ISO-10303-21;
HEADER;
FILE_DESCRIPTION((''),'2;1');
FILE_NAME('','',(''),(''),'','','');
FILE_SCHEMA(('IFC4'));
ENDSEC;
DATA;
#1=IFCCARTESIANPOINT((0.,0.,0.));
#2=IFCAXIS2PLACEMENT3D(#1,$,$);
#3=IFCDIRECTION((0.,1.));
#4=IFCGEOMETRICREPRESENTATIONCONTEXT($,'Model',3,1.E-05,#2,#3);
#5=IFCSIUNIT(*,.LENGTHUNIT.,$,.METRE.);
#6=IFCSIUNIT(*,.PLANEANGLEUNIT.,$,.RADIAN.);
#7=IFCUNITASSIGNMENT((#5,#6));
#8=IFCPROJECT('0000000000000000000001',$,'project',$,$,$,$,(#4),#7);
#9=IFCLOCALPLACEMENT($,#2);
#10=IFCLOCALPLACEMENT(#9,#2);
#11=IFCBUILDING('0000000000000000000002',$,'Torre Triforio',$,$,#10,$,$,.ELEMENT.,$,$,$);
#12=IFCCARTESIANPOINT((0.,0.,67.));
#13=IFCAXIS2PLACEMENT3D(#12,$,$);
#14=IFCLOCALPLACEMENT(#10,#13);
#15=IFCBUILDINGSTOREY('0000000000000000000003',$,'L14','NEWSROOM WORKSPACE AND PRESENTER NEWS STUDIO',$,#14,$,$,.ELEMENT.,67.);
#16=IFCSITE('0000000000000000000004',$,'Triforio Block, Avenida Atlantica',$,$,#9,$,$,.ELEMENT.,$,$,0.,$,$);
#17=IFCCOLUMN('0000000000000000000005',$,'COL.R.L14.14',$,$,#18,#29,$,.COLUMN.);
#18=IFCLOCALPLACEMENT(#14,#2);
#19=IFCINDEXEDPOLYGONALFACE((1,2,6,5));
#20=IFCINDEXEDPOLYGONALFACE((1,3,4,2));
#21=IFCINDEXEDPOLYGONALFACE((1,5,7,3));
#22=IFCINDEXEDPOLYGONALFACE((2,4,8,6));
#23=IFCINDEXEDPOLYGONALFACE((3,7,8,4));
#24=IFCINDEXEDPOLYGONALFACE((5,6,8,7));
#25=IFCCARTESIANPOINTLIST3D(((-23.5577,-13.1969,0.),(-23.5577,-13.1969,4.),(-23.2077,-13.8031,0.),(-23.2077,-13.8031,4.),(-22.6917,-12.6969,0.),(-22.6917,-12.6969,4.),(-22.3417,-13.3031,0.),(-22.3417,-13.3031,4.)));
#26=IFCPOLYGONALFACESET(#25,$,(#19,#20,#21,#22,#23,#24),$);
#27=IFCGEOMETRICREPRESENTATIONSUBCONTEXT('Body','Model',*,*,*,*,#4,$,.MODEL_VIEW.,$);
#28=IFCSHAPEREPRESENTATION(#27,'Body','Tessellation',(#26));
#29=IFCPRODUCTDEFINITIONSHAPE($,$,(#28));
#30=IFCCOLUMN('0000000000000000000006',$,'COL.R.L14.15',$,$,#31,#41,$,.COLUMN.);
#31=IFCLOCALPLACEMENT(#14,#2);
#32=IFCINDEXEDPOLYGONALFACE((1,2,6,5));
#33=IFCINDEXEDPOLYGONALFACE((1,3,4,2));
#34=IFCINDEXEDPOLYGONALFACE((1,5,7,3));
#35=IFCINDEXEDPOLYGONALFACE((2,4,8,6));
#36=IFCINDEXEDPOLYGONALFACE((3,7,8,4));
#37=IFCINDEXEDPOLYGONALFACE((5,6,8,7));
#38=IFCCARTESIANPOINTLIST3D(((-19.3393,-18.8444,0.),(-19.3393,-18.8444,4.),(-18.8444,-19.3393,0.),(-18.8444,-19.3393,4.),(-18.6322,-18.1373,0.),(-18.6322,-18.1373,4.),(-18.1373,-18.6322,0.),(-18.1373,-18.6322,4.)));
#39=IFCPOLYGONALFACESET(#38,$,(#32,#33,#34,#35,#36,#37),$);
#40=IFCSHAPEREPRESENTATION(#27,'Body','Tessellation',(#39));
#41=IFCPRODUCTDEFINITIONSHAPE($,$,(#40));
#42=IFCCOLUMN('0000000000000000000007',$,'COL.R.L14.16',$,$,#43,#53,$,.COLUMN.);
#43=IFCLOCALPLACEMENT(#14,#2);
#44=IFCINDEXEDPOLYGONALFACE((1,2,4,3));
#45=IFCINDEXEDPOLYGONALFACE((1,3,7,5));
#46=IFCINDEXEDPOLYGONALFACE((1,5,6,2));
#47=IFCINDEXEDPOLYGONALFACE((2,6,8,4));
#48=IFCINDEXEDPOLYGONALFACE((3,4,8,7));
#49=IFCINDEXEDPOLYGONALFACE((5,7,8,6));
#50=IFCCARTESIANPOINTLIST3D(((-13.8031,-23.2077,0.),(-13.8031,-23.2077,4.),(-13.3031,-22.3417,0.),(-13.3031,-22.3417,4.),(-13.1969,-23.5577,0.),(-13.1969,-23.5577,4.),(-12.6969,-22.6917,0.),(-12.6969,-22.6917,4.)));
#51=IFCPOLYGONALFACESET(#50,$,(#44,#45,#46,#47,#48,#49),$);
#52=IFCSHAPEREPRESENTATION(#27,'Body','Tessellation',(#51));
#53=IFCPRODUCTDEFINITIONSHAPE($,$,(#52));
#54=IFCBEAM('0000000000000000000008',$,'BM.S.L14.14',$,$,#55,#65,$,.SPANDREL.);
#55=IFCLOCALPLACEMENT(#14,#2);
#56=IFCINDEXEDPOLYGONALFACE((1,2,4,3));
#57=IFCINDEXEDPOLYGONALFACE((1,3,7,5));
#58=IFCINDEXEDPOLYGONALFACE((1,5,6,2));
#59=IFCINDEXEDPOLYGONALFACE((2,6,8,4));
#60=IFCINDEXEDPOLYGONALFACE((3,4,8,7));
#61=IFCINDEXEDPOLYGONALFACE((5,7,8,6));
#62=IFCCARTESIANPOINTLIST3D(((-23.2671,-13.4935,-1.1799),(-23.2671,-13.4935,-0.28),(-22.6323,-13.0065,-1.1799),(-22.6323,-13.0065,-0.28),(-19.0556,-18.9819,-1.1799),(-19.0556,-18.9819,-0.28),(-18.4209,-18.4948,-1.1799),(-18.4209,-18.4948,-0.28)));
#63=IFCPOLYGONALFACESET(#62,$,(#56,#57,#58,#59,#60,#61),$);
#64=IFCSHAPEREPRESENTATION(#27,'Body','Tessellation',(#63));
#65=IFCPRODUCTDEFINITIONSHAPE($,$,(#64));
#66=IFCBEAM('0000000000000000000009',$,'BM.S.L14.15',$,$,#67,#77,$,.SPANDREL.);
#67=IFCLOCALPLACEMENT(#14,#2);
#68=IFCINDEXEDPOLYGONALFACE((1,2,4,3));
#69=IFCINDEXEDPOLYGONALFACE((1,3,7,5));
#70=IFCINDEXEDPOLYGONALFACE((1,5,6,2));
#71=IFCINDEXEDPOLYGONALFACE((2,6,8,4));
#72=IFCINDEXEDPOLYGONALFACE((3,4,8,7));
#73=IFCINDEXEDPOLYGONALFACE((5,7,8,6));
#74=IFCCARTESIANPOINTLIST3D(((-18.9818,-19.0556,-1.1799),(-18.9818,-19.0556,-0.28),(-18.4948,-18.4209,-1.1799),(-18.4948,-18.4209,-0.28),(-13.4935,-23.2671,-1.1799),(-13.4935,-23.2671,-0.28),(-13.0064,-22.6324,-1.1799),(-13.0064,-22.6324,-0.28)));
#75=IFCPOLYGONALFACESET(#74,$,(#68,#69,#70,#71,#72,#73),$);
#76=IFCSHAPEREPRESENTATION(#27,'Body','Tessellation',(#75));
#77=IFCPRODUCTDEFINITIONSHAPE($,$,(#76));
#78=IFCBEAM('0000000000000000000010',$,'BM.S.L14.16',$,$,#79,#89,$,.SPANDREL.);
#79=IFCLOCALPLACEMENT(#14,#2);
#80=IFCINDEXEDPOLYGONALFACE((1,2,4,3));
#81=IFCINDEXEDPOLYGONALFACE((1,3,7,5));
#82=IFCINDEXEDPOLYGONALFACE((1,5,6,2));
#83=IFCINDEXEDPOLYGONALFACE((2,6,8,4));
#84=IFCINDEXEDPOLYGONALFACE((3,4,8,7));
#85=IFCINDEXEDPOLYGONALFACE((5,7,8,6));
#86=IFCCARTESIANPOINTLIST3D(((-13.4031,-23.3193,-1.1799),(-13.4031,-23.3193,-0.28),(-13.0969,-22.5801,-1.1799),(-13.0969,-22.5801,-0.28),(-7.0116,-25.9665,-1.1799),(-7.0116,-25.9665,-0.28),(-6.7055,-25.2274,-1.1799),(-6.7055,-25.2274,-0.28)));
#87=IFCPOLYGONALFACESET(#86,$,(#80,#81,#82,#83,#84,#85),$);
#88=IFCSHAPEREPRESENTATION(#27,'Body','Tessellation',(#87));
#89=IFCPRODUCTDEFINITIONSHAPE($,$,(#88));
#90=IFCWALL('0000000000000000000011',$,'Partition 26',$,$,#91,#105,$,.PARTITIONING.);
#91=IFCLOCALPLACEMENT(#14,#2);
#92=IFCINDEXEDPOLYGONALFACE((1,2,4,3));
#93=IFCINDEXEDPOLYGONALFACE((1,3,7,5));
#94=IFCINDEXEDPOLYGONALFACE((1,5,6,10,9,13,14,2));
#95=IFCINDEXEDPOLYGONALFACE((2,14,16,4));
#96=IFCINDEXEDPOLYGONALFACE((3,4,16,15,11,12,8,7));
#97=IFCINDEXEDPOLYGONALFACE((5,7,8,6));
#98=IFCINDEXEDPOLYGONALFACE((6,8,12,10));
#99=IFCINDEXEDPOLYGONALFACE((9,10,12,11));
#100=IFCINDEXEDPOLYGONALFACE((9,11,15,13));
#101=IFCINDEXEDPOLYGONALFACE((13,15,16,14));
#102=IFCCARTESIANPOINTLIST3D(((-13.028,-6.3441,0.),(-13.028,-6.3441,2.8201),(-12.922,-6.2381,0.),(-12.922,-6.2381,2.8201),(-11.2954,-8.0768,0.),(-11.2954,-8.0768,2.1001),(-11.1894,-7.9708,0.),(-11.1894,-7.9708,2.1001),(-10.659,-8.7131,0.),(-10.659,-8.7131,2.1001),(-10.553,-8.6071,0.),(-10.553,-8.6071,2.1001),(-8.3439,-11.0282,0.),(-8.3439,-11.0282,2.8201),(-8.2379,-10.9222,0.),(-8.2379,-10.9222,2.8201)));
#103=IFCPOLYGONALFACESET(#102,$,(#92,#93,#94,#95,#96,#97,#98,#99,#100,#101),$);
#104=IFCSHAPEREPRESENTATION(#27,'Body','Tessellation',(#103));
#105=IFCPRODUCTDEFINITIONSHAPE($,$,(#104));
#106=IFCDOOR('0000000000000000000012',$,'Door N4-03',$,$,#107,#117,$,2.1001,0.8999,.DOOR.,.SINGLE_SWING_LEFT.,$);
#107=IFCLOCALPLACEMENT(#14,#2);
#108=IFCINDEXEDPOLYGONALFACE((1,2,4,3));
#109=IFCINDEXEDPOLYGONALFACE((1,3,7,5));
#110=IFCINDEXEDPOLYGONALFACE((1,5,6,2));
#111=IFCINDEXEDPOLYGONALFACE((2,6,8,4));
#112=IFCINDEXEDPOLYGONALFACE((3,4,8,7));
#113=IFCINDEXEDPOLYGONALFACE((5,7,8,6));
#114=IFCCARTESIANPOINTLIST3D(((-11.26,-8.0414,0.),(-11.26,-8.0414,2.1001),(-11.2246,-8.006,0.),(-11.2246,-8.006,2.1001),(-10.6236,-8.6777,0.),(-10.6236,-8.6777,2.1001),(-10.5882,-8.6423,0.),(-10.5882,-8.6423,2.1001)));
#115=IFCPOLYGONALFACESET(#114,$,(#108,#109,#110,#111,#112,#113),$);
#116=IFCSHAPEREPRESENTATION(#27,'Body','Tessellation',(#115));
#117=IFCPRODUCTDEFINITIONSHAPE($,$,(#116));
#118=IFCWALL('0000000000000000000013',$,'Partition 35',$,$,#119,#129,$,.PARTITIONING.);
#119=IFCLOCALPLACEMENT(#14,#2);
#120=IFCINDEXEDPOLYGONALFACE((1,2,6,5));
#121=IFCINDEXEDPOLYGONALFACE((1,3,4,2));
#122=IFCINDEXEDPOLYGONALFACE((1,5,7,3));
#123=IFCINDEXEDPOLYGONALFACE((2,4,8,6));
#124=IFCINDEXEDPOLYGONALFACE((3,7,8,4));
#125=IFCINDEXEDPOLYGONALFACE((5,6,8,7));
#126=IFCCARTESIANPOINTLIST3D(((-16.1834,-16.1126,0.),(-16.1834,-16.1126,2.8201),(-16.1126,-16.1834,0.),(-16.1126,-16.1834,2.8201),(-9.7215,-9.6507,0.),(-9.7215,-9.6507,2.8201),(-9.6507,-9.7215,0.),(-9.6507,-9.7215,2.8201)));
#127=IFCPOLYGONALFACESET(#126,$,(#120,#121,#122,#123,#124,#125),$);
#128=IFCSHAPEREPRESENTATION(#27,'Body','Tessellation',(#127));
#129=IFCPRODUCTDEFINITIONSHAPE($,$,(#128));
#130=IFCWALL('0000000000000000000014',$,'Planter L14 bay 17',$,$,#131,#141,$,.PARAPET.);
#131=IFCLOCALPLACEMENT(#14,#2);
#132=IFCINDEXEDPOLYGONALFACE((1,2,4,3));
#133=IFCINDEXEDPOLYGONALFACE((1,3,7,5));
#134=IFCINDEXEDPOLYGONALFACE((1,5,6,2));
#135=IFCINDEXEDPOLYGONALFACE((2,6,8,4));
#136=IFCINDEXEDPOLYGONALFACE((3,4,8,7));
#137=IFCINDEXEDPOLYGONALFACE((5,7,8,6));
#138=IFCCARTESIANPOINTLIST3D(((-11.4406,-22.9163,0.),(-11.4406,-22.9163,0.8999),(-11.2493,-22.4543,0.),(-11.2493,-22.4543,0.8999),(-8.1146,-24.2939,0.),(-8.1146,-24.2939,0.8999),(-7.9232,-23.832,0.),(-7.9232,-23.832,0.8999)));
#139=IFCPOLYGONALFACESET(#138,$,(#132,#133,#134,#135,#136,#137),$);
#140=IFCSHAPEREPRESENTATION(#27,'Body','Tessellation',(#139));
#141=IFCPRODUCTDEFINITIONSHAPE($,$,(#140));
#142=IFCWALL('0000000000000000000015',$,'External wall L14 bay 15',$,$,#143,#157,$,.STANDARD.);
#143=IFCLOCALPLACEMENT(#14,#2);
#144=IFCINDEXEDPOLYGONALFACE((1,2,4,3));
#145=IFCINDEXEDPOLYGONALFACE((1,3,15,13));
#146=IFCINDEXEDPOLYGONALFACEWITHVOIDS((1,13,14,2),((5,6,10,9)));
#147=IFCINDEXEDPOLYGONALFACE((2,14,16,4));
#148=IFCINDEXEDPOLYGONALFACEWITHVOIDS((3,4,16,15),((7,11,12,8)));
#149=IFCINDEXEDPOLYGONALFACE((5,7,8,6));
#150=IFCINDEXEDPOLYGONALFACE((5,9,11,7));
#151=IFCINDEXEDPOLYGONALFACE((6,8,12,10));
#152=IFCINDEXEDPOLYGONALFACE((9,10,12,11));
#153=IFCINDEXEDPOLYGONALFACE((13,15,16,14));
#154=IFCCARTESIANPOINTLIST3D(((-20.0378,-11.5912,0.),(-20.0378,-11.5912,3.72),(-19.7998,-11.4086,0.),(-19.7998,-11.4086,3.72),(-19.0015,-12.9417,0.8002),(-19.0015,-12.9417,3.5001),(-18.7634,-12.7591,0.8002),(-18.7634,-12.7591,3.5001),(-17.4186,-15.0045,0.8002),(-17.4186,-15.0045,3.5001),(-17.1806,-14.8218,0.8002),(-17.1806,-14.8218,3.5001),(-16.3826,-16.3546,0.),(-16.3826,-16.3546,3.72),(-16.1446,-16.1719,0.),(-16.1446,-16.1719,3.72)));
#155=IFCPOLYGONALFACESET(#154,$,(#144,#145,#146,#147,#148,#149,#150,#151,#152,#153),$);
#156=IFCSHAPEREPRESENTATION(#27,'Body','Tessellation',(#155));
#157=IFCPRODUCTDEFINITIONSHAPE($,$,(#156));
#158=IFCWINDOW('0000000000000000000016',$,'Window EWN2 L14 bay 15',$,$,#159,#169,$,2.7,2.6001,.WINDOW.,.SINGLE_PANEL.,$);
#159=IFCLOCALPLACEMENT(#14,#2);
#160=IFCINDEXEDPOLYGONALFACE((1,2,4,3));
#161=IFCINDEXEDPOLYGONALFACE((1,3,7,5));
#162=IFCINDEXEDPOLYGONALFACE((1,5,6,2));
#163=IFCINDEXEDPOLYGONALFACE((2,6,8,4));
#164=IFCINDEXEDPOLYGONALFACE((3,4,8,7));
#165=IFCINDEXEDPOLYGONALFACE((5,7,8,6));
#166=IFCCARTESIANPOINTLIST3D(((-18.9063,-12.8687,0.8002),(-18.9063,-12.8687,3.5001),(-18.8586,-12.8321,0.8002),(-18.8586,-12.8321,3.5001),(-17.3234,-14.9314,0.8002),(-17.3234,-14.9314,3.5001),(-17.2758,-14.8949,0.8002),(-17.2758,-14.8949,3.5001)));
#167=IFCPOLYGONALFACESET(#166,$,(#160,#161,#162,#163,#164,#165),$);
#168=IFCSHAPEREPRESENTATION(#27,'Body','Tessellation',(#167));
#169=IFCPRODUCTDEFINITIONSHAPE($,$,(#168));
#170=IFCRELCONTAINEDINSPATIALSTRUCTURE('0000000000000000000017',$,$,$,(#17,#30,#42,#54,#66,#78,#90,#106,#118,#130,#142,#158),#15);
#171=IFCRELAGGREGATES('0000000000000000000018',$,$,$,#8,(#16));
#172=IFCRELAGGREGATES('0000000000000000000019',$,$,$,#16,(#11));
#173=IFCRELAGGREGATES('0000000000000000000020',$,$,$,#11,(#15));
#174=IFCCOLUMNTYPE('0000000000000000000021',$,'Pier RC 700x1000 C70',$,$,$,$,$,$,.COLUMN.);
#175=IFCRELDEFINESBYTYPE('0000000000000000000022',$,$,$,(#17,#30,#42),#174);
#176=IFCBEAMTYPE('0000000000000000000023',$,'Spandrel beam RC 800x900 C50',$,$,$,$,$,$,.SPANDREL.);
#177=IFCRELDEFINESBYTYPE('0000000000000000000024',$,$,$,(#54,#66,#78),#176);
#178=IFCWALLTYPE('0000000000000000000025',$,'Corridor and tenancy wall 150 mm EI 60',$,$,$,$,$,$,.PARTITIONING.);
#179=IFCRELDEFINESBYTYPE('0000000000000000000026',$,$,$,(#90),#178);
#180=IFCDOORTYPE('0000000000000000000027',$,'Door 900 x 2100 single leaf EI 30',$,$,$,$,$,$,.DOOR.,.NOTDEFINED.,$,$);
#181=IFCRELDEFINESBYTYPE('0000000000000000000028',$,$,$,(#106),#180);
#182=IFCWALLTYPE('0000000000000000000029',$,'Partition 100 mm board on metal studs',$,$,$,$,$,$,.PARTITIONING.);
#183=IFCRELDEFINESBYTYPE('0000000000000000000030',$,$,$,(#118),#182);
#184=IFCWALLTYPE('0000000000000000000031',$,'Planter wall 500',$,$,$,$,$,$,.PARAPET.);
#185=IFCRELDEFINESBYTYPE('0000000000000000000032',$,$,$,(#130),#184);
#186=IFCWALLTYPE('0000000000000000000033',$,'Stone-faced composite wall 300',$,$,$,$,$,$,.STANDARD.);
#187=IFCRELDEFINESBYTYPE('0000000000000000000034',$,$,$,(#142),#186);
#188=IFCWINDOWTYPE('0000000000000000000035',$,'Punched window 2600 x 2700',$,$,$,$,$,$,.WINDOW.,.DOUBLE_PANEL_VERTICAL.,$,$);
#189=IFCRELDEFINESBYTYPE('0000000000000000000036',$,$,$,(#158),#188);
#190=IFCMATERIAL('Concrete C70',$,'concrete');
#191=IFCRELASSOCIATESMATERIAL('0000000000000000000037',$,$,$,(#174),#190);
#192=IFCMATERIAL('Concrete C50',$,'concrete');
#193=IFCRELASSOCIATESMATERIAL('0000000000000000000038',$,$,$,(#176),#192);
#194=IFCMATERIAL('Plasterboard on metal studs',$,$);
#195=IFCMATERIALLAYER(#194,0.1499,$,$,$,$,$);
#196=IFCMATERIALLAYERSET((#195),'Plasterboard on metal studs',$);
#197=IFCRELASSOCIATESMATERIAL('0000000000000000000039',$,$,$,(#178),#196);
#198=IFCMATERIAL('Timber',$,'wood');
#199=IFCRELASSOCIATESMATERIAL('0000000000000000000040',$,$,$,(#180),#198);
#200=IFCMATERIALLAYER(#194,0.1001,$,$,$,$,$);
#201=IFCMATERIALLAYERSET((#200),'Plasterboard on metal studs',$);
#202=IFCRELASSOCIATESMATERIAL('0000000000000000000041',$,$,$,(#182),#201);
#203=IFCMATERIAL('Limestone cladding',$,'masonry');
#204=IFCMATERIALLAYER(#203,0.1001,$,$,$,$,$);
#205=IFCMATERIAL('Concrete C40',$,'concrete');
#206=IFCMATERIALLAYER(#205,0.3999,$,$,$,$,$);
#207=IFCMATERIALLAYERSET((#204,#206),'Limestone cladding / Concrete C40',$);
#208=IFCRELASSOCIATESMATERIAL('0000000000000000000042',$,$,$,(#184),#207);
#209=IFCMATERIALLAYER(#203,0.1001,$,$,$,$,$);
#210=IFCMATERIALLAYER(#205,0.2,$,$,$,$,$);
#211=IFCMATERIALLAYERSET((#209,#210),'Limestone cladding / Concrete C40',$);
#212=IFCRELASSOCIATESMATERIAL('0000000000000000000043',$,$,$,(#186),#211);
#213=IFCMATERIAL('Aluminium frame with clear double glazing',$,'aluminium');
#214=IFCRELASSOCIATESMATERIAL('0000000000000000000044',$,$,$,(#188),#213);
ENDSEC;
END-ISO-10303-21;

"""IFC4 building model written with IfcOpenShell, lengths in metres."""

from ifc_helpers import new_model, si_unit, direction, frame, frame_2d, origin, origin_2d, place, context, subcontext, project, spatial, rectangle, extrude, material, layer, layer_set, material_profile, profile_set, type_object, element, fill, save


model = new_model("IFC4")

# Units and contexts
model_context = context("Model", 3, precision=1e-05, world=origin(), true_north=direction((0.0, 1.0)))
body_context = subcontext(model_context, "Body", "Model", "MODEL_VIEW")
ifc_project = project(units=[si_unit("LENGTHUNIT", "METRE"), si_unit("PLANEANGLEUNIT", "RADIAN")], contexts=[model_context])

# Site, building, storey
site_placement = place(None, origin())
site = spatial("IfcSite", under=ifc_project, at=site_placement, Name="Triforio Block, Avenida Atlantica", CompositionType="ELEMENT", RefElevation=0.0)
building_placement = place(site_placement, origin())
building = spatial("IfcBuilding", under=site, at=building_placement, Name="Torre Triforio", CompositionType="ELEMENT")
storey_placement = place(building_placement, frame((0.0, 0.0, 67.0)))
storey = spatial("IfcBuildingStorey", under=building, at=storey_placement, Name="L14", Description="NEWSROOM WORKSPACE AND PRESENTER NEWS STUDIO", CompositionType="ELEMENT", Elevation=67.0)

# Columns
ifc_material_1 = material(Name="Concrete C70", Category="concrete")
ifc_material_profile_1 = material_profile(ifc_material_1, rectangle(XDim=0.7, YDim=1.0, at=origin_2d()), Name="RC 700x1000")
ifc_profile_set_1 = profile_set([ifc_material_profile_1], Name="Concrete C70")
column_type = type_object("IfcColumnType", Name="Pier RC 700x1000 C70", PredefinedType="COLUMN", material=ifc_profile_set_1)
for number, where, z_axis, x_axis, name in (
    (1, (-22.9497, -13.25, 0.0), (0.0, 0.0, 1.0), (0.5, -0.866025, 0.0), "COL.R.L14.14"),
    (2, (-18.7383, -18.7383, 0.0), (0.0, 0.0, 1.0), (0.707107, -0.707107, 0.0), "COL.R.L14.15"),
    (3, (-13.25, -22.9497, 0.0), (0.0, 0.0, 1.0), (0.866025, -0.5, 0.0), "COL.R.L14.16"),
):
    element("IfcColumn", number, at=place(storey_placement, frame(where, z_axis=z_axis, x_axis=x_axis)), inside=storey, type_object=column_type, Name=name, PredefinedType="COLUMN", context=body_context, shape_type="SweptSolid", body=[
        extrude(rectangle(XDim=0.7, YDim=1.0, at=origin_2d()), origin(), (0.0, 0.0, 1.0), 4.0),
    ])

# Beams
ifc_material_2 = material(Name="Concrete C50", Category="concrete")
ifc_material_profile_2 = material_profile(ifc_material_2, rectangle(XDim=0.8, YDim=0.8999, at=origin_2d()), Name="RC 800x900")
ifc_profile_set_2 = profile_set([ifc_material_profile_2], Name="Concrete C50")
beam_type = type_object("IfcBeamType", Name="Spandrel beam RC 800x900 C50", PredefinedType="SPANDREL", material=ifc_profile_set_2)
for number, where, z_axis, x_axis, name in (
    (4, (-22.9497, -13.25, -0.73), (0.608772, -0.793345, 0.0), (0.793345, 0.608772, 0.0), "BM.S.L14.14"),
    (5, (-18.7383, -18.7383, -0.73), (0.793345, -0.608772, 0.0), (0.608772, 0.793345, 0.0), "BM.S.L14.15"),
    (6, (-13.25, -22.9497, -0.73), (0.923888, -0.382662, 0.0), (0.382662, 0.923888, 0.0), "BM.S.L14.16"),
):
    element("IfcBeam", number, at=place(storey_placement, frame(where, z_axis=z_axis, x_axis=x_axis)), inside=storey, type_object=beam_type, Name=name, PredefinedType="SPANDREL", context=body_context, shape_type="SweptSolid", body=[
        extrude(rectangle(XDim=0.8, YDim=0.8999, at=origin_2d()), origin(), (0.0, 0.0, 1.0), 6.918),
    ])

# Wall, opening, door
ifc_material_3 = material(Name="Plasterboard on metal studs")
ifc_layer_1 = layer(ifc_material_3, 0.1499)
ifc_layer_set_1 = layer_set([ifc_layer_1], Name="Plasterboard on metal studs")
wall_type_1 = type_object("IfcWallType", Name="Corridor and tenancy wall 150 mm EI 60", PredefinedType="PARTITIONING", material=ifc_layer_set_1)
wall_1_placement = place(storey_placement, frame((-8.291, -10.9751, 0.0), z_axis=(0.0, 0.0, 1.0), x_axis=(-0.707107, 0.707107, 0.0)))
wall_1 = element("IfcWall", 7, at=wall_1_placement, inside=storey, type_object=wall_type_1, Name="Partition 26", PredefinedType="PARTITIONING", context=body_context, shape_type="SweptSolid", body=[
    extrude(rectangle(XDim=6.6243, YDim=0.1499, at=frame_2d((3.312, 0.0))), origin(), (0.0, 0.0, 1.0), 2.8201),
])
opening_1_placement = place(wall_1_placement, frame((3.2739, 0.0, 0.0)))
opening_1 = element("IfcOpeningElement", 8, at=opening_1_placement, cuts=wall_1, PredefinedType="OPENING", context=body_context, shape_type="SweptSolid", body=[
    extrude(rectangle(XDim=0.8999, YDim=2.1001, at=frame_2d((0.45, 1.05))), frame((0.0, 0.085, 0.0), z_axis=(0.0, -1.0, 0.0), x_axis=(1.0, 0.0, 0.0)), (0.0, 0.0, 1.0), 0.1699),
])
ifc_material_4 = material(Name="Timber", Category="wood")
door_type_1 = type_object("IfcDoorType", Name="Door 900 x 2100 single leaf EI 30", OperationType="NOTDEFINED", PredefinedType="DOOR", material=ifc_material_4)
door_1_placement = place(opening_1_placement, origin())
door_1 = element("IfcDoor", 9, at=door_1_placement, inside=storey, type_object=door_type_1, Name="Door N4-03", OperationType="SINGLE_SWING_LEFT", OverallHeight=2.1001, OverallWidth=0.8999, PredefinedType="DOOR", context=body_context, shape_type="SweptSolid", body=[
    extrude(rectangle(XDim=0.8999, YDim=2.1001, at=frame_2d((0.45, 1.05))), frame((0.0, 0.0249, 0.0), z_axis=(0.0, -1.0, 0.0), x_axis=(1.0, 0.0, 0.0)), (0.0, 0.0, 1.0), 0.05),
])
fill(opening_1, door_1)

# Walls
ifc_layer_2 = layer(ifc_material_3, 0.1001)
ifc_layer_set_2 = layer_set([ifc_layer_2], Name="Plasterboard on metal studs")
wall_type_2 = type_object("IfcWallType", Name="Partition 100 mm board on metal studs", PredefinedType="PARTITIONING", material=ifc_layer_set_2)
wall_2_placement = place(storey_placement, frame((-9.686, -9.686, 0.0), z_axis=(0.0, 0.0, 1.0), x_axis=(-0.707107, -0.707107, 0.0)))
element("IfcWall", 10, at=wall_2_placement, inside=storey, type_object=wall_type_2, Name="Partition 35", PredefinedType="PARTITIONING", context=body_context, shape_type="SweptSolid", body=[
    extrude(rectangle(XDim=9.1384, YDim=0.1001, at=frame_2d((4.5693, 0.0))), origin(), (0.0, 0.0, 1.0), 2.8201),
])
ifc_material_5 = material(Name="Limestone cladding", Category="masonry")
ifc_layer_3 = layer(ifc_material_5, 0.1001)
ifc_material_6 = material(Name="Concrete C40", Category="concrete")
ifc_layer_4 = layer(ifc_material_6, 0.3999)
ifc_layer_set_3 = layer_set([ifc_layer_3, ifc_layer_4], Name="Limestone cladding / Concrete C40")
wall_type_3 = type_object("IfcWallType", Name="Planter wall 500", PredefinedType="PARAPET", material=ifc_layer_set_3)
wall_3_placement = place(storey_placement, frame((-11.345, -22.6853, 0.0), z_axis=(0.0, 0.0, 1.0), x_axis=(0.923885, -0.382669, 0.0)))
element("IfcWall", 11, at=wall_3_placement, inside=storey, type_object=wall_type_3, Name="Planter L14 bay 17", PredefinedType="PARAPET", context=body_context, shape_type="SweptSolid", body=[
    extrude(rectangle(XDim=3.6001, YDim=0.5, at=frame_2d((1.8, 0.0))), origin(), (0.0, 0.0, 1.0), 0.8999),
])

# Wall, opening, window
ifc_layer_5 = layer(ifc_material_5, 0.1001)
ifc_layer_6 = layer(ifc_material_6, 0.2)
ifc_layer_set_4 = layer_set([ifc_layer_5, ifc_layer_6], Name="Limestone cladding / Concrete C40")
wall_type_4 = type_object("IfcWallType", Name="Stone-faced composite wall 300", PredefinedType="STANDARD", material=ifc_layer_set_4)
wall_4_placement = place(storey_placement, frame((-19.9187, -11.5, 0.0), z_axis=(0.0, 0.0, 1.0), x_axis=(0.608779, -0.79334, 0.0)))
wall_4 = element("IfcWall", 12, at=wall_4_placement, inside=storey, type_object=wall_type_4, Name="External wall L14 bay 15", PredefinedType="STANDARD", context=body_context, shape_type="SweptSolid", body=[
    extrude(rectangle(XDim=6.0042, YDim=0.3, at=frame_2d((3.002, 0.0))), origin(), (0.0, 0.0, 1.0), 3.72),
])
opening_2_placement = place(wall_4_placement, frame((1.7021, 0.0, 0.8)))
opening_2 = element("IfcOpeningElement", 13, at=opening_2_placement, cuts=wall_4, PredefinedType="OPENING", context=body_context, shape_type="SweptSolid", body=[
    extrude(rectangle(XDim=2.6001, YDim=2.7, at=frame_2d((1.3, 1.3501))), frame((0.0, 0.1599, 0.0), z_axis=(0.0, -1.0, 0.0), x_axis=(1.0, 0.0, 0.0)), (0.0, 0.0, 1.0), 0.3201),
])
ifc_material_7 = material(Name="Aluminium frame with clear double glazing", Category="aluminium")
window_type_1 = type_object("IfcWindowType", Name="Punched window 2600 x 2700", PartitioningType="DOUBLE_PANEL_VERTICAL", PredefinedType="WINDOW", material=ifc_material_7)
window_1_placement = place(opening_2_placement, origin())
window_1 = element("IfcWindow", 14, at=window_1_placement, inside=storey, type_object=window_type_1, Name="Window EWN2 L14 bay 15", OverallHeight=2.7, OverallWidth=2.6001, PartitioningType="SINGLE_PANEL", PredefinedType="WINDOW", context=body_context, shape_type="SweptSolid", body=[
    extrude(rectangle(XDim=2.6001, YDim=2.7, at=frame_2d((1.3, 1.3501))), frame((0.0, 0.03, 0.0), z_axis=(0.0, -1.0, 0.0), x_axis=(1.0, 0.0, 0.0)), (0.0, 0.0, 1.0), 0.0601),
])
fill(opening_2, window_1)

save(model, "model.ifc")
